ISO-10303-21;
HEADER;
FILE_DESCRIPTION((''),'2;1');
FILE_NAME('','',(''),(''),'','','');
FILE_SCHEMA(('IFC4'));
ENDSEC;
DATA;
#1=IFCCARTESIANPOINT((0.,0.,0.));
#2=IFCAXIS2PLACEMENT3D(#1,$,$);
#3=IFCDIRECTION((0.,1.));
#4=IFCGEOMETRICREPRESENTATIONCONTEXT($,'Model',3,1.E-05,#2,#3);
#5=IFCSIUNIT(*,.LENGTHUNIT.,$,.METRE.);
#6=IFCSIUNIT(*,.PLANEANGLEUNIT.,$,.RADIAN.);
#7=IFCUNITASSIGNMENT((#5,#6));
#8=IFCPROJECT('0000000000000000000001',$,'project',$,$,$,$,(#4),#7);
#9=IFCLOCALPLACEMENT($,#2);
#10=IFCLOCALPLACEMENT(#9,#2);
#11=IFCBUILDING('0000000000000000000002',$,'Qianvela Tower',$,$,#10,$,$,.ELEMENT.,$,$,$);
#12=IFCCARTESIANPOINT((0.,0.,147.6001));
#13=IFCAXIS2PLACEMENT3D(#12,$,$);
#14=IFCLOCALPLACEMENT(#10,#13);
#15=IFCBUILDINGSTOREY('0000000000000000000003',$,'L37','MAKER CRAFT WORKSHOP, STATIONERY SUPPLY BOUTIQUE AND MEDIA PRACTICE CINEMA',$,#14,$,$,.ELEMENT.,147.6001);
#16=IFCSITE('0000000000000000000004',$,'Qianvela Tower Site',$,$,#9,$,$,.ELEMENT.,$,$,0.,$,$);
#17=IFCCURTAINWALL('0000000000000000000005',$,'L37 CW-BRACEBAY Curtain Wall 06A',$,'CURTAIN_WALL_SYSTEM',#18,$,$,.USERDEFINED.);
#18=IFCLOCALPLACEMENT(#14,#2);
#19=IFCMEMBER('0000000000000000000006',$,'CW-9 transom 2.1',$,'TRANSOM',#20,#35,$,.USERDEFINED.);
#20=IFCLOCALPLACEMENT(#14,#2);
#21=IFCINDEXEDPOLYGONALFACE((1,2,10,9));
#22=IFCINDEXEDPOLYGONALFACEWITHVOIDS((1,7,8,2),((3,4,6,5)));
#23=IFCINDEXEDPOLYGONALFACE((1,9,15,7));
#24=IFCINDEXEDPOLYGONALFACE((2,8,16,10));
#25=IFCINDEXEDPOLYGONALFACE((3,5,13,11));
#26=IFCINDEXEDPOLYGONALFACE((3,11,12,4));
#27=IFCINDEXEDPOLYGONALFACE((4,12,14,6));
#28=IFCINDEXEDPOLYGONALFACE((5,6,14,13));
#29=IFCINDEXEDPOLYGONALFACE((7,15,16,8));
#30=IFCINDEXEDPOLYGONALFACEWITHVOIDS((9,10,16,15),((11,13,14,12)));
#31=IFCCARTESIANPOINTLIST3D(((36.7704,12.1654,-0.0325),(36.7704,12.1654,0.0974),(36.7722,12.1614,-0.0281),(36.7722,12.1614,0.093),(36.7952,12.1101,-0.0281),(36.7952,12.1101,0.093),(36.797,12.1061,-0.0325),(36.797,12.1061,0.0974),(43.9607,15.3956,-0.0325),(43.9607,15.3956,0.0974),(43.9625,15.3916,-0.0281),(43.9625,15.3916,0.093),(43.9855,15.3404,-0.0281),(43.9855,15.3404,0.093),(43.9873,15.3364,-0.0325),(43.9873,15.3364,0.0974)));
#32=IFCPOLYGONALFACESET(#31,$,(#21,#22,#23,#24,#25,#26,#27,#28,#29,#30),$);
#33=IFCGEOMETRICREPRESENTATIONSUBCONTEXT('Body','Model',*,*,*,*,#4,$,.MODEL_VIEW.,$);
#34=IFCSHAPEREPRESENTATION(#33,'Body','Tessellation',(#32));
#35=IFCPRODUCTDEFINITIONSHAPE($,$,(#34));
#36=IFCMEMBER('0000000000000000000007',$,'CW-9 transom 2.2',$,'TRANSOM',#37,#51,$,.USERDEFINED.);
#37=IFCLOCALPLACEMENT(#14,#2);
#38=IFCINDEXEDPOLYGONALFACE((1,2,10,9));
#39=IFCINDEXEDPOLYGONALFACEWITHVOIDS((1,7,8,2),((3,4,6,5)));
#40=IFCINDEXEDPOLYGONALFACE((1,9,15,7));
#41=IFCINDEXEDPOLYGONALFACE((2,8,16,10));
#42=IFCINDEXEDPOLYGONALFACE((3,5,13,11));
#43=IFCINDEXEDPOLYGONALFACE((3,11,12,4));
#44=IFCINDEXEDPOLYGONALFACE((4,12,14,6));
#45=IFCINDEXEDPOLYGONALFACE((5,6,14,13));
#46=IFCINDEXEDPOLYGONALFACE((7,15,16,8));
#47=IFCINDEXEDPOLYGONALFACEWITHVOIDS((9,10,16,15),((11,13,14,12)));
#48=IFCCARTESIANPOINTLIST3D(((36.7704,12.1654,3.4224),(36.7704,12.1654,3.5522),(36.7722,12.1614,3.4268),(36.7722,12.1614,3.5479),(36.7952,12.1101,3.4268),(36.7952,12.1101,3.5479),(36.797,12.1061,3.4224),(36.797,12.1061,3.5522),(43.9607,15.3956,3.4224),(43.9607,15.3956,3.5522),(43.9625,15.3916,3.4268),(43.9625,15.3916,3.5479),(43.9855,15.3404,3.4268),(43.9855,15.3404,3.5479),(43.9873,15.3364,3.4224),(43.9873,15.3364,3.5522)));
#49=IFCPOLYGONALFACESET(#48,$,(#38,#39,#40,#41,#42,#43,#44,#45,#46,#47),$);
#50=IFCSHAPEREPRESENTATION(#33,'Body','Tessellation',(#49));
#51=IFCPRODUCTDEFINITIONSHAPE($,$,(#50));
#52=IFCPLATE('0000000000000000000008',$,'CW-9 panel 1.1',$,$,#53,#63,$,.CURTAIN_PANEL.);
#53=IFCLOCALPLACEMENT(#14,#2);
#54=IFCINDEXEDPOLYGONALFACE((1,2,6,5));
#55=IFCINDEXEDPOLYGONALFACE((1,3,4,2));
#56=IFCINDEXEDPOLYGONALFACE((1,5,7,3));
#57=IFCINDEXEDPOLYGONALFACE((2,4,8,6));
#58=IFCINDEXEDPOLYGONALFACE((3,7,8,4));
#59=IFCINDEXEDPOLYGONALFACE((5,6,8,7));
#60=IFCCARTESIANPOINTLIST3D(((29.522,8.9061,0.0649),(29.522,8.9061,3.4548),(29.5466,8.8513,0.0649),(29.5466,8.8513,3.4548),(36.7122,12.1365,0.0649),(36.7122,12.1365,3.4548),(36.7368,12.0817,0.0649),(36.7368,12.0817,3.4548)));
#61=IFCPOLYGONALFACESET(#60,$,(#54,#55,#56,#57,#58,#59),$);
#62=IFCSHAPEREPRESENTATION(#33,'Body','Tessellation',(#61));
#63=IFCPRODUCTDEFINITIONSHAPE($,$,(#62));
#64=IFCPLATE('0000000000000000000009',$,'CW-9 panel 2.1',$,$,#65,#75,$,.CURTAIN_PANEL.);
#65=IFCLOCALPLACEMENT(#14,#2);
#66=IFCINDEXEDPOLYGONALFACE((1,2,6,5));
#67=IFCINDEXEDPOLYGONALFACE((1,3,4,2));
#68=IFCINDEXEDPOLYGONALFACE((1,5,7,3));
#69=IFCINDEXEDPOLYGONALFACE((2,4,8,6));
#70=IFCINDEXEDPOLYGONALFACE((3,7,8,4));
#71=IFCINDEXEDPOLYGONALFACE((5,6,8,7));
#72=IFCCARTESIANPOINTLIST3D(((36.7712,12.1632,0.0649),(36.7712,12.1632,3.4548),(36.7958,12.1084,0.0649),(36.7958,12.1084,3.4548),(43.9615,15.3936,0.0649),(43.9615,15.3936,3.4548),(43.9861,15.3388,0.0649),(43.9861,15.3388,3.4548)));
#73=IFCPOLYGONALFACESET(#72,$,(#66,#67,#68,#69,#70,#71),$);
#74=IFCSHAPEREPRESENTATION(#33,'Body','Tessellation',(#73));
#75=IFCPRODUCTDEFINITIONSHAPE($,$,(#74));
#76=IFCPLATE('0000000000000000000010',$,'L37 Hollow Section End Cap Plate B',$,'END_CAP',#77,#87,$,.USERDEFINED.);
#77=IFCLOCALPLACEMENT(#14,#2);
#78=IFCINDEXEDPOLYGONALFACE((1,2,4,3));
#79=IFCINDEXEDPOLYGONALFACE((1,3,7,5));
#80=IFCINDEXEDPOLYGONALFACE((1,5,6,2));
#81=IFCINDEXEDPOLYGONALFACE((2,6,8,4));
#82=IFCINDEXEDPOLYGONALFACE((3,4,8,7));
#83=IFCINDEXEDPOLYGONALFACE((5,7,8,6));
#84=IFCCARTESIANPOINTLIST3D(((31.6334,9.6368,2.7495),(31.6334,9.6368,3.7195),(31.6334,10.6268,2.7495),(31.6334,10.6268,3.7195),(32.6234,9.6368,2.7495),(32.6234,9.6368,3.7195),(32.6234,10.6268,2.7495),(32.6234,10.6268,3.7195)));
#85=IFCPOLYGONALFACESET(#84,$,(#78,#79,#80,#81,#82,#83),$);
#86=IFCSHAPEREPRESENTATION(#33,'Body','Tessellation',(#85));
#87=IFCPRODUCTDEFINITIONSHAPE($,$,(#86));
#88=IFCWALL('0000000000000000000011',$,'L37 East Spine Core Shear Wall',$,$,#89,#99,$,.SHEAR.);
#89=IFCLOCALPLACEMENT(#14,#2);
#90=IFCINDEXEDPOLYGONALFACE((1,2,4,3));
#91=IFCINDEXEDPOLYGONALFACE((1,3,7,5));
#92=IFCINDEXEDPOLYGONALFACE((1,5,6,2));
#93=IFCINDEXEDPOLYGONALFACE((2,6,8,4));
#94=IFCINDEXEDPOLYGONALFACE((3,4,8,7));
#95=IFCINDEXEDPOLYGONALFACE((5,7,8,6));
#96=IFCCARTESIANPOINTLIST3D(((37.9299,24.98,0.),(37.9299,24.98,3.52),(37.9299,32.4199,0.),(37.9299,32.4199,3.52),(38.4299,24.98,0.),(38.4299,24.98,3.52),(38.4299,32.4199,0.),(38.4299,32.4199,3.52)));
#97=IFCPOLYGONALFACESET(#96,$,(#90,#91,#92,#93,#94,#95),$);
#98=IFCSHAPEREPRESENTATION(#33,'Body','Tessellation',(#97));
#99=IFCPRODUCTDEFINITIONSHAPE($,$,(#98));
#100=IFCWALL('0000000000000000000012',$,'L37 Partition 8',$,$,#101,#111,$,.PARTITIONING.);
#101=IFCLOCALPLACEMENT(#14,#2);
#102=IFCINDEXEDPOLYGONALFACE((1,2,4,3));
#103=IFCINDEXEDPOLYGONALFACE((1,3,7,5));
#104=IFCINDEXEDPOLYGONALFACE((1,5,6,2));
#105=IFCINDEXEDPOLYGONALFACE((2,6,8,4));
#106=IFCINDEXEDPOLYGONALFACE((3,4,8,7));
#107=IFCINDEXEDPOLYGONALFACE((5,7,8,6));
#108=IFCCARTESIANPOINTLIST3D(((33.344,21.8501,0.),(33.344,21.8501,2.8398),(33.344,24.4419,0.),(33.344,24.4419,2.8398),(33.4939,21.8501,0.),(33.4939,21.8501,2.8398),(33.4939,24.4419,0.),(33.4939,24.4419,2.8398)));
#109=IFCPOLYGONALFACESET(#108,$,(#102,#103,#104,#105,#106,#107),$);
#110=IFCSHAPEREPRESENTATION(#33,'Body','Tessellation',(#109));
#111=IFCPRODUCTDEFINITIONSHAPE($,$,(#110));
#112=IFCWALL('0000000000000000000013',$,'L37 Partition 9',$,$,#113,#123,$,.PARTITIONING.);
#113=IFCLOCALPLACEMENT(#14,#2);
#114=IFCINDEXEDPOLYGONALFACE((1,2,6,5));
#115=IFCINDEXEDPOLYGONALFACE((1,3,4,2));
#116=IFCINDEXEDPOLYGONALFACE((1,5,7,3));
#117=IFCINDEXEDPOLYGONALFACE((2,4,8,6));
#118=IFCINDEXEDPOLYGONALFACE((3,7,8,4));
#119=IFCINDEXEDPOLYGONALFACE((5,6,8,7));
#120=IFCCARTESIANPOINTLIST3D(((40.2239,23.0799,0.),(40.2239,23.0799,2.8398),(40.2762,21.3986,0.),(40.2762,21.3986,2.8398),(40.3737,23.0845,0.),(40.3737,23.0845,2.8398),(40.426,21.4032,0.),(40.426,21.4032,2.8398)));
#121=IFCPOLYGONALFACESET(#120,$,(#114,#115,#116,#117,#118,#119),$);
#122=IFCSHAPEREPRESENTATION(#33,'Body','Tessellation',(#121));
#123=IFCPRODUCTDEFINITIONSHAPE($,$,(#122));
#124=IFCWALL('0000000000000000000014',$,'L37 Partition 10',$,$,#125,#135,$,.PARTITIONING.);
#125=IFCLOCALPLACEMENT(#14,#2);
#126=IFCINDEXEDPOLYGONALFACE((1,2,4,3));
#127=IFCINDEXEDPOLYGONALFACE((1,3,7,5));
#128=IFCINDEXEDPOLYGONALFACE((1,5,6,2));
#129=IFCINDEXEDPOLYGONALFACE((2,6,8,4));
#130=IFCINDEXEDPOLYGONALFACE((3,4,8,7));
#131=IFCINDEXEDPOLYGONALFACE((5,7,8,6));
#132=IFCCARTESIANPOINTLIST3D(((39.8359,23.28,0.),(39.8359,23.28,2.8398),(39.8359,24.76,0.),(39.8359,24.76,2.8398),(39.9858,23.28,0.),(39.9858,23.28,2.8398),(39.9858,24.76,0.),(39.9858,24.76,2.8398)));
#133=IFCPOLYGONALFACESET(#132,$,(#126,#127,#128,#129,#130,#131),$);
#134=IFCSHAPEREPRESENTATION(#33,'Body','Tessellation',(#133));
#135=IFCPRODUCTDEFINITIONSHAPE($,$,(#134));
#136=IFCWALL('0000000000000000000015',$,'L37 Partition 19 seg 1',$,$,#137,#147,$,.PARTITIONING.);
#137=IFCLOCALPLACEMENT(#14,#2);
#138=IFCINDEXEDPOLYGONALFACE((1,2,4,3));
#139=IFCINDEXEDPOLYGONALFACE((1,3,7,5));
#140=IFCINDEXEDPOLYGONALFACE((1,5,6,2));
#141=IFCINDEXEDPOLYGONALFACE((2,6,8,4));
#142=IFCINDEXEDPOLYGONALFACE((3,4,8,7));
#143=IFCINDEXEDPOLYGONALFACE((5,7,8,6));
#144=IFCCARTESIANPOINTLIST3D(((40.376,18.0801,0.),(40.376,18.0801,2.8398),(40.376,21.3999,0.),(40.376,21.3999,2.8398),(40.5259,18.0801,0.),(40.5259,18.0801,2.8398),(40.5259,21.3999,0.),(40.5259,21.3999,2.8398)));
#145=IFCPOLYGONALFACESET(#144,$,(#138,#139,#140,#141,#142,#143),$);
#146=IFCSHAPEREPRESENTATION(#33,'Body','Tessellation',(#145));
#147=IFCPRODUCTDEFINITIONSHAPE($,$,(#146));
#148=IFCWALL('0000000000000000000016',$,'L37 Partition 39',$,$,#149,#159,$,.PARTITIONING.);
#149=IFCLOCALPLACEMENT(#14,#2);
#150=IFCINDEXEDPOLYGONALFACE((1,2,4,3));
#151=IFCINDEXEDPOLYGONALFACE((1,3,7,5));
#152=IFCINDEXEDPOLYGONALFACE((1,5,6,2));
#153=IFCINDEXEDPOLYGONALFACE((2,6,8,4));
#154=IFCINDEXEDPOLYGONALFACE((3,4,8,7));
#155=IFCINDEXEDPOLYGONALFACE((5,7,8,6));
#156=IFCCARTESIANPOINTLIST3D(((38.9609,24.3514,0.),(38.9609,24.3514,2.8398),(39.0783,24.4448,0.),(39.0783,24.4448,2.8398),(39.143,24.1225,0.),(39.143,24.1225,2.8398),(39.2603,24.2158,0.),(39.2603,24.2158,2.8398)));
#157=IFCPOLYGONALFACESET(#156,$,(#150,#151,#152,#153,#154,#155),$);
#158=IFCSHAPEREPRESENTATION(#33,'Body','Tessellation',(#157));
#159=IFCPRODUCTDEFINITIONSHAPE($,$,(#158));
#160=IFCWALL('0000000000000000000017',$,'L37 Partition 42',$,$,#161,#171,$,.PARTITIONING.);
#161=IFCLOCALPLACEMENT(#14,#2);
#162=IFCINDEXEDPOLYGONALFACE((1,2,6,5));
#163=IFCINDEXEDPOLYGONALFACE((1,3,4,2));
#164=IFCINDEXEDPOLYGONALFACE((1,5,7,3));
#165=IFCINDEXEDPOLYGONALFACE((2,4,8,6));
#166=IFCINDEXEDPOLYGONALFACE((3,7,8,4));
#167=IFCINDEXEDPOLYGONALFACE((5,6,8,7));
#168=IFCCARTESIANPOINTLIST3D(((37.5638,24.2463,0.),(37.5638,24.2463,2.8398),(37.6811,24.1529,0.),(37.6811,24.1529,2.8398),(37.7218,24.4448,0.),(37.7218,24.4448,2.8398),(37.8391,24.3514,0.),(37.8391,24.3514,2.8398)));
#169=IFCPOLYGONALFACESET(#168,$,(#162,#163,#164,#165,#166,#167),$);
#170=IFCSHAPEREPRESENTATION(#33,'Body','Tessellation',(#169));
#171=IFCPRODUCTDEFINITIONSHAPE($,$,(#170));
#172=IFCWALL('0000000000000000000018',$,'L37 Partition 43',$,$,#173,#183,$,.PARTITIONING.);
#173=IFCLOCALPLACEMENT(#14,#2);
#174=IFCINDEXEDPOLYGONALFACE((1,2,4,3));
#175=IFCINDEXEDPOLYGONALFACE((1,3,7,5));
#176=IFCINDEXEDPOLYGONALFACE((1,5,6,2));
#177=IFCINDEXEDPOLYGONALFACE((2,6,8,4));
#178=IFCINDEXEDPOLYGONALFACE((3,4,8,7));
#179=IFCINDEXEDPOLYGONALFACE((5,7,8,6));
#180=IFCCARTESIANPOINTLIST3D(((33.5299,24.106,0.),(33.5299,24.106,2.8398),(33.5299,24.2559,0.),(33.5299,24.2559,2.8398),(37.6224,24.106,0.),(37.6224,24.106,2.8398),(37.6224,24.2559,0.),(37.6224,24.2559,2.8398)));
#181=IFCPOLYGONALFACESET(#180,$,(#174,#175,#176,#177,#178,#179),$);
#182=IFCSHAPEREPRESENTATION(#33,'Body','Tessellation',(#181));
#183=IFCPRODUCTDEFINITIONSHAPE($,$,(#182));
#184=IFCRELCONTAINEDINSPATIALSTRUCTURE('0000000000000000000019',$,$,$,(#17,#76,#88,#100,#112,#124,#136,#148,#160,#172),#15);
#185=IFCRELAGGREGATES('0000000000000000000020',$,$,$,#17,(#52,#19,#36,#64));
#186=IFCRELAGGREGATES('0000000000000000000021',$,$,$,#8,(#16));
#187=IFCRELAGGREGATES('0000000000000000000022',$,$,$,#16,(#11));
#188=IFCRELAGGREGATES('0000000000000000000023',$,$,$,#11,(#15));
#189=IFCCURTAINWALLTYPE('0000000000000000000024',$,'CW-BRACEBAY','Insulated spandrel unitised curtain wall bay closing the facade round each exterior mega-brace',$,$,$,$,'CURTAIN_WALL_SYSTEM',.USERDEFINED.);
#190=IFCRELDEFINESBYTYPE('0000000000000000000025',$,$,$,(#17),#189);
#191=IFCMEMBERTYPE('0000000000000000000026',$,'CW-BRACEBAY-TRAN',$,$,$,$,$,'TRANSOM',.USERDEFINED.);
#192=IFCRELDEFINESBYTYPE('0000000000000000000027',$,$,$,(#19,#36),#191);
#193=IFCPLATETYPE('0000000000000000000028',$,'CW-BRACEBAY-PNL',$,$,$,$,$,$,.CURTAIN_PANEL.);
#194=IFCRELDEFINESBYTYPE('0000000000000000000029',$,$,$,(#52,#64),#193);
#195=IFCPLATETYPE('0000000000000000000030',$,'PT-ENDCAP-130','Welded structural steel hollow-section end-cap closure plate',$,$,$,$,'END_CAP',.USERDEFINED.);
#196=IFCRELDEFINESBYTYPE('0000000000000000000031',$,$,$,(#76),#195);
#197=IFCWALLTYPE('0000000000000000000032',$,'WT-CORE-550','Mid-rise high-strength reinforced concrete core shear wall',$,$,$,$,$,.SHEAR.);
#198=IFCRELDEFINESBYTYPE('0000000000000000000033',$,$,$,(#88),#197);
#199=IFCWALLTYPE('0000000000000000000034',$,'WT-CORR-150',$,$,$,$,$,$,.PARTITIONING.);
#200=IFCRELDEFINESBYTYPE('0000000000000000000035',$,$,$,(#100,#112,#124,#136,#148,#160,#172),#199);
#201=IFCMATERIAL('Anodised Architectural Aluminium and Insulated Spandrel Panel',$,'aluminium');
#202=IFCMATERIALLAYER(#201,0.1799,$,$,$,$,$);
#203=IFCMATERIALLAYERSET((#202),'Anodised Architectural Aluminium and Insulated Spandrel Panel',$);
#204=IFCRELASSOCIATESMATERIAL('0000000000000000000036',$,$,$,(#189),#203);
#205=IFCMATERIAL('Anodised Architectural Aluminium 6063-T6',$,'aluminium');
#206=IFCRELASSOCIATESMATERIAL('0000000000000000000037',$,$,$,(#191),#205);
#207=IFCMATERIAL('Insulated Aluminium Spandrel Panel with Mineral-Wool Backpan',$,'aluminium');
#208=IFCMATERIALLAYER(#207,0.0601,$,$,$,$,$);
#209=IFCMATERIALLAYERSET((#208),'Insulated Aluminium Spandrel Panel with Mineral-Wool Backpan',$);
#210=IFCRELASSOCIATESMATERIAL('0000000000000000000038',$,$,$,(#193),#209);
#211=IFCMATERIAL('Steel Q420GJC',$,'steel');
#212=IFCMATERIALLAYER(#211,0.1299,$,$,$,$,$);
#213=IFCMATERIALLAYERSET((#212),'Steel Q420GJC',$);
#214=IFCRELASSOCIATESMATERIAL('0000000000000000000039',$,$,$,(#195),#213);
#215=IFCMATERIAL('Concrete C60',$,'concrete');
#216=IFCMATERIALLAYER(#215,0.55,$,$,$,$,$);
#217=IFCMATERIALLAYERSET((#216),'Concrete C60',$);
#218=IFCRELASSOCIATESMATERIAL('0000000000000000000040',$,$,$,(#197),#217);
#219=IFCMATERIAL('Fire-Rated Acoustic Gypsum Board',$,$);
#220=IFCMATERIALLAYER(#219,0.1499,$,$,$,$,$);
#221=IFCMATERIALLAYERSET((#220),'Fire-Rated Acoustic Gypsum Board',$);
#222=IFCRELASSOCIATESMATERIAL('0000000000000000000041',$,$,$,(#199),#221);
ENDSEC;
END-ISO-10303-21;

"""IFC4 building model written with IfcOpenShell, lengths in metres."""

from ifc_helpers import new_model, si_unit, direction, frame, frame_2d, origin, origin_2d, place, context, subcontext, project, spatial, rectangle, hollow_rectangle, extrude, material, layer, layer_set, material_profile, profile_set, type_object, element, aggregate, save


model = new_model("IFC4")

# Units and contexts
model_context = context("Model", 3, precision=1e-05, world=origin(), true_north=direction((0.0, 1.0)))
body_context = subcontext(model_context, "Body", "Model", "MODEL_VIEW")
ifc_project = project(units=[si_unit("LENGTHUNIT", "METRE"), si_unit("PLANEANGLEUNIT", "RADIAN")], contexts=[model_context])

# Site, building, storey
site_placement = place(None, origin())
site = spatial("IfcSite", under=ifc_project, at=site_placement, Name="Qianvela Tower Site", CompositionType="ELEMENT", RefElevation=0.0)
building_placement = place(site_placement, origin())
building = spatial("IfcBuilding", under=site, at=building_placement, Name="Qianvela Tower", CompositionType="ELEMENT")
storey_placement = place(building_placement, frame((0.0, 0.0, 147.6001)))
storey = spatial("IfcBuildingStorey", under=building, at=storey_placement, Name="L37", Description="MAKER CRAFT WORKSHOP, STATIONERY SUPPLY BOUTIQUE AND MEDIA PRACTICE CINEMA", CompositionType="ELEMENT", Elevation=147.6001)

# Curtain wall, members, plates
ifc_material_1 = material(Name="Anodised Architectural Aluminium and Insulated Spandrel Panel", Category="aluminium")
ifc_layer_1 = layer(ifc_material_1, 0.1799)
ifc_layer_set_1 = layer_set([ifc_layer_1], Name="Anodised Architectural Aluminium and Insulated Spandrel Panel")
curtain_wall_type = type_object("IfcCurtainWallType", Name="CW-BRACEBAY", Description="Insulated spandrel unitised curtain wall bay closing the facade round each exterior mega-brace", ElementType="CURTAIN_WALL_SYSTEM", PredefinedType="USERDEFINED", material=ifc_layer_set_1)
curtain_wall_placement = place(storey_placement, origin())
curtain_wall = element("IfcCurtainWall", 1, at=curtain_wall_placement, inside=storey, type_object=curtain_wall_type, Name="L37 CW-BRACEBAY Curtain Wall 06A", ObjectType="CURTAIN_WALL_SYSTEM", PredefinedType="USERDEFINED")
ifc_material_2 = material(Name="Anodised Architectural Aluminium 6063-T6", Category="aluminium")
ifc_material_profile_1 = material_profile(ifc_material_2, hollow_rectangle(XDim=0.0649, YDim=0.1299, WallThickness=0.0044, at=origin_2d()), Name="ALU-TRAN-65x130")
ifc_profile_set_1 = profile_set([ifc_material_profile_1], Name="Anodised Architectural Aluminium 6063-T6")
member_type_1 = type_object("IfcMemberType", Name="CW-BRACEBAY-TRAN", ElementType="TRANSOM", PredefinedType="USERDEFINED", material=ifc_profile_set_1)
member_1_placement = place(storey_placement, frame((36.7837, 12.1357, 0.0325), z_axis=(0.912176, 0.409799, 0.0), x_axis=(-0.409799, 0.912176, 0.0)))
member_1 = element("IfcMember", 2, at=member_1_placement, type_object=member_type_1, Name="CW-9 transom 2.1", ObjectType="TRANSOM", PredefinedType="USERDEFINED", context=body_context, shape_type="SweptSolid", body=[
    extrude(hollow_rectangle(XDim=0.0649, YDim=0.1299, WallThickness=0.0044, at=origin_2d()), origin(), (0.0, 0.0, 1.0), 7.8826),
])
member_2_placement = place(storey_placement, frame((36.7837, 12.1357, 3.4873), z_axis=(0.912176, 0.409799, 0.0), x_axis=(-0.409799, 0.912176, 0.0)))
member_2 = element("IfcMember", 3, at=member_2_placement, type_object=member_type_1, Name="CW-9 transom 2.2", ObjectType="TRANSOM", PredefinedType="USERDEFINED", context=body_context, shape_type="SweptSolid", body=[
    extrude(hollow_rectangle(XDim=0.0649, YDim=0.1299, WallThickness=0.0044, at=origin_2d()), origin(), (0.0, 0.0, 1.0), 7.8826),
])
ifc_material_3 = material(Name="Insulated Aluminium Spandrel Panel with Mineral-Wool Backpan", Category="aluminium")
ifc_layer_2 = layer(ifc_material_3, 0.0601)
ifc_layer_set_2 = layer_set([ifc_layer_2], Name="Insulated Aluminium Spandrel Panel with Mineral-Wool Backpan")
plate_type_1 = type_object("IfcPlateType", Name="CW-BRACEBAY-PNL", PredefinedType="CURTAIN_PANEL", material=ifc_layer_set_2)
plate_1_placement = place(storey_placement, frame((33.1294, 10.4939, 0.0649), z_axis=(0.0, 0.0, 1.0), x_axis=(0.91217, 0.409813, 0.0)))
plate_1 = element("IfcPlate", 4, at=plate_1_placement, type_object=plate_type_1, Name="CW-9 panel 1.1", PredefinedType="CURTAIN_PANEL", context=body_context, shape_type="SweptSolid", body=[
    extrude(rectangle(XDim=7.8826, YDim=0.0601, at=origin_2d()), origin(), (0.0, 0.0, 1.0), 3.3899),
])
plate_2_placement = place(storey_placement, frame((40.3787, 13.751, 0.0649), z_axis=(0.0, 0.0, 1.0), x_axis=(0.91217, 0.409813, 0.0)))
plate_2 = element("IfcPlate", 5, at=plate_2_placement, type_object=plate_type_1, Name="CW-9 panel 2.1", PredefinedType="CURTAIN_PANEL", context=body_context, shape_type="SweptSolid", body=[
    extrude(rectangle(XDim=7.8826, YDim=0.0601, at=origin_2d()), origin(), (0.0, 0.0, 1.0), 3.3899),
])
aggregate(curtain_wall, [plate_1, member_1, member_2, plate_2])

# Plate
ifc_material_4 = material(Name="Steel Q420GJC", Category="steel")
ifc_layer_3 = layer(ifc_material_4, 0.1299)
ifc_layer_set_3 = layer_set([ifc_layer_3], Name="Steel Q420GJC")
plate_type_2 = type_object("IfcPlateType", Name="PT-ENDCAP-130", Description="Welded structural steel hollow-section end-cap closure plate", ElementType="END_CAP", PredefinedType="USERDEFINED", material=ifc_layer_set_3)
plate_3_placement = place(storey_placement, frame((32.1284, 10.1318, 2.7495), z_axis=(0.0, 0.0, 1.0), x_axis=(1.0, 0.0, 0.0)))
element("IfcPlate", 6, at=plate_3_placement, inside=storey, type_object=plate_type_2, Name="L37 Hollow Section End Cap Plate B", ObjectType="END_CAP", PredefinedType="USERDEFINED", context=body_context, shape_type="SweptSolid", body=[
    extrude(rectangle(XDim=0.99, YDim=0.99, at=origin_2d()), origin(), (0.0, 0.0, 1.0), 0.97),
])

# Wall
ifc_material_5 = material(Name="Concrete C60", Category="concrete")
ifc_layer_4 = layer(ifc_material_5, 0.55)
ifc_layer_set_4 = layer_set([ifc_layer_4], Name="Concrete C60")
wall_type_1 = type_object("IfcWallType", Name="WT-CORE-550", Description="Mid-rise high-strength reinforced concrete core shear wall", PredefinedType="SHEAR", material=ifc_layer_set_4)
wall_1_placement = place(storey_placement, frame((38.1799, 24.98, 0.0), z_axis=(0.0, 0.0, 1.0), x_axis=(0.0, 1.0, 0.0)))
element("IfcWall", 7, at=wall_1_placement, inside=storey, type_object=wall_type_1, Name="L37 East Spine Core Shear Wall", PredefinedType="SHEAR", context=body_context, shape_type="SweptSolid", body=[
    extrude(rectangle(XDim=7.4399, YDim=0.5, at=frame_2d((3.72, 0.0))), origin(), (0.0, 0.0, 1.0), 3.52),
])

# Shared definitions
ifc_material_6 = material(Name="Fire-Rated Acoustic Gypsum Board")
ifc_layer_5 = layer(ifc_material_6, 0.1499)
ifc_layer_set_5 = layer_set([ifc_layer_5], Name="Fire-Rated Acoustic Gypsum Board")
wall_type_2 = type_object("IfcWallType", Name="WT-CORR-150", PredefinedType="PARTITIONING", material=ifc_layer_set_5)

# Walls
wall_2_placement = place(storey_placement, frame((33.4189, 24.4419, 0.0), z_axis=(0.0, 0.0, 1.0), x_axis=(0.0, -1.0, 0.0)))
element("IfcWall", 8, at=wall_2_placement, inside=storey, type_object=wall_type_2, Name="L37 Partition 8", PredefinedType="PARTITIONING", context=body_context, shape_type="SweptSolid", body=[
    extrude(rectangle(XDim=2.5918, YDim=0.1499, at=frame_2d((1.2959, 0.0))), origin(), (0.0, 0.0, 1.0), 2.8398),
])
wall_3_placement = place(storey_placement, frame((40.3511, 21.4009, 0.0), z_axis=(0.0, 0.0, 1.0), x_axis=(-0.031058, 0.999518, 0.0)))
element("IfcWall", 9, at=wall_3_placement, inside=storey, type_object=wall_type_2, Name="L37 Partition 9", PredefinedType="PARTITIONING", context=body_context, shape_type="SweptSolid", body=[
    extrude(rectangle(XDim=1.6821, YDim=0.1499, at=frame_2d((0.8411, 0.0))), origin(), (0.0, 0.0, 1.0), 2.8398),
])
wall_4_placement = place(storey_placement, frame((39.9109, 23.28, 0.0), z_axis=(0.0, 0.0, 1.0), x_axis=(0.0, 1.0, 0.0)))
element("IfcWall", 10, at=wall_4_placement, inside=storey, type_object=wall_type_2, Name="L37 Partition 10", PredefinedType="PARTITIONING", context=body_context, shape_type="SweptSolid", body=[
    extrude(rectangle(XDim=1.48, YDim=0.1499, at=frame_2d((0.74, 0.0))), origin(), (0.0, 0.0, 1.0), 2.8398),
])
wall_5_placement = place(storey_placement, frame((40.4509, 18.0801, 0.0), z_axis=(0.0, 0.0, 1.0), x_axis=(0.0, 1.0, 0.0)))
element("IfcWall", 11, at=wall_5_placement, inside=storey, type_object=wall_type_2, Name="L37 Partition 19 seg 1", PredefinedType="PARTITIONING", context=body_context, shape_type="SweptSolid", body=[
    extrude(rectangle(XDim=3.3198, YDim=0.1499, at=frame_2d((1.6599, 0.0))), origin(), (0.0, 0.0, 1.0), 2.8398),
])
wall_6_placement = place(storey_placement, frame((39.2017, 24.1692, 0.0), z_axis=(0.0, 0.0, 1.0), x_axis=(-0.622454, 0.782656, 0.0)))
element("IfcWall", 12, at=wall_6_placement, inside=storey, type_object=wall_type_2, Name="L37 Partition 39", PredefinedType="PARTITIONING", context=body_context, shape_type="SweptSolid", body=[
    extrude(rectangle(XDim=0.2925, YDim=0.1499, at=frame_2d((0.1462, 0.0))), origin(), (0.0, 0.0, 1.0), 2.8398),
])
wall_7_placement = place(storey_placement, frame((37.7805, 24.3982, 0.0), z_axis=(0.0, 0.0, 1.0), x_axis=(-0.622698, -0.782462, 0.0)))
element("IfcWall", 13, at=wall_7_placement, inside=storey, type_object=wall_type_2, Name="L37 Partition 42", PredefinedType="PARTITIONING", context=body_context, shape_type="SweptSolid", body=[
    extrude(rectangle(XDim=0.2537, YDim=0.1499, at=frame_2d((0.127, 0.0))), origin(), (0.0, 0.0, 1.0), 2.8398),
])
wall_8_placement = place(storey_placement, frame((37.6226, 24.1809, 0.0), z_axis=(0.0, 0.0, 1.0), x_axis=(-1.0, 0.0, 0.0)))
element("IfcWall", 14, at=wall_8_placement, inside=storey, type_object=wall_type_2, Name="L37 Partition 43", PredefinedType="PARTITIONING", context=body_context, shape_type="SweptSolid", body=[
    extrude(rectangle(XDim=4.0925, YDim=0.1499, at=frame_2d((2.0464, 0.0))), origin(), (0.0, 0.0, 1.0), 2.8398),
])

save(model, "model.ifc")
